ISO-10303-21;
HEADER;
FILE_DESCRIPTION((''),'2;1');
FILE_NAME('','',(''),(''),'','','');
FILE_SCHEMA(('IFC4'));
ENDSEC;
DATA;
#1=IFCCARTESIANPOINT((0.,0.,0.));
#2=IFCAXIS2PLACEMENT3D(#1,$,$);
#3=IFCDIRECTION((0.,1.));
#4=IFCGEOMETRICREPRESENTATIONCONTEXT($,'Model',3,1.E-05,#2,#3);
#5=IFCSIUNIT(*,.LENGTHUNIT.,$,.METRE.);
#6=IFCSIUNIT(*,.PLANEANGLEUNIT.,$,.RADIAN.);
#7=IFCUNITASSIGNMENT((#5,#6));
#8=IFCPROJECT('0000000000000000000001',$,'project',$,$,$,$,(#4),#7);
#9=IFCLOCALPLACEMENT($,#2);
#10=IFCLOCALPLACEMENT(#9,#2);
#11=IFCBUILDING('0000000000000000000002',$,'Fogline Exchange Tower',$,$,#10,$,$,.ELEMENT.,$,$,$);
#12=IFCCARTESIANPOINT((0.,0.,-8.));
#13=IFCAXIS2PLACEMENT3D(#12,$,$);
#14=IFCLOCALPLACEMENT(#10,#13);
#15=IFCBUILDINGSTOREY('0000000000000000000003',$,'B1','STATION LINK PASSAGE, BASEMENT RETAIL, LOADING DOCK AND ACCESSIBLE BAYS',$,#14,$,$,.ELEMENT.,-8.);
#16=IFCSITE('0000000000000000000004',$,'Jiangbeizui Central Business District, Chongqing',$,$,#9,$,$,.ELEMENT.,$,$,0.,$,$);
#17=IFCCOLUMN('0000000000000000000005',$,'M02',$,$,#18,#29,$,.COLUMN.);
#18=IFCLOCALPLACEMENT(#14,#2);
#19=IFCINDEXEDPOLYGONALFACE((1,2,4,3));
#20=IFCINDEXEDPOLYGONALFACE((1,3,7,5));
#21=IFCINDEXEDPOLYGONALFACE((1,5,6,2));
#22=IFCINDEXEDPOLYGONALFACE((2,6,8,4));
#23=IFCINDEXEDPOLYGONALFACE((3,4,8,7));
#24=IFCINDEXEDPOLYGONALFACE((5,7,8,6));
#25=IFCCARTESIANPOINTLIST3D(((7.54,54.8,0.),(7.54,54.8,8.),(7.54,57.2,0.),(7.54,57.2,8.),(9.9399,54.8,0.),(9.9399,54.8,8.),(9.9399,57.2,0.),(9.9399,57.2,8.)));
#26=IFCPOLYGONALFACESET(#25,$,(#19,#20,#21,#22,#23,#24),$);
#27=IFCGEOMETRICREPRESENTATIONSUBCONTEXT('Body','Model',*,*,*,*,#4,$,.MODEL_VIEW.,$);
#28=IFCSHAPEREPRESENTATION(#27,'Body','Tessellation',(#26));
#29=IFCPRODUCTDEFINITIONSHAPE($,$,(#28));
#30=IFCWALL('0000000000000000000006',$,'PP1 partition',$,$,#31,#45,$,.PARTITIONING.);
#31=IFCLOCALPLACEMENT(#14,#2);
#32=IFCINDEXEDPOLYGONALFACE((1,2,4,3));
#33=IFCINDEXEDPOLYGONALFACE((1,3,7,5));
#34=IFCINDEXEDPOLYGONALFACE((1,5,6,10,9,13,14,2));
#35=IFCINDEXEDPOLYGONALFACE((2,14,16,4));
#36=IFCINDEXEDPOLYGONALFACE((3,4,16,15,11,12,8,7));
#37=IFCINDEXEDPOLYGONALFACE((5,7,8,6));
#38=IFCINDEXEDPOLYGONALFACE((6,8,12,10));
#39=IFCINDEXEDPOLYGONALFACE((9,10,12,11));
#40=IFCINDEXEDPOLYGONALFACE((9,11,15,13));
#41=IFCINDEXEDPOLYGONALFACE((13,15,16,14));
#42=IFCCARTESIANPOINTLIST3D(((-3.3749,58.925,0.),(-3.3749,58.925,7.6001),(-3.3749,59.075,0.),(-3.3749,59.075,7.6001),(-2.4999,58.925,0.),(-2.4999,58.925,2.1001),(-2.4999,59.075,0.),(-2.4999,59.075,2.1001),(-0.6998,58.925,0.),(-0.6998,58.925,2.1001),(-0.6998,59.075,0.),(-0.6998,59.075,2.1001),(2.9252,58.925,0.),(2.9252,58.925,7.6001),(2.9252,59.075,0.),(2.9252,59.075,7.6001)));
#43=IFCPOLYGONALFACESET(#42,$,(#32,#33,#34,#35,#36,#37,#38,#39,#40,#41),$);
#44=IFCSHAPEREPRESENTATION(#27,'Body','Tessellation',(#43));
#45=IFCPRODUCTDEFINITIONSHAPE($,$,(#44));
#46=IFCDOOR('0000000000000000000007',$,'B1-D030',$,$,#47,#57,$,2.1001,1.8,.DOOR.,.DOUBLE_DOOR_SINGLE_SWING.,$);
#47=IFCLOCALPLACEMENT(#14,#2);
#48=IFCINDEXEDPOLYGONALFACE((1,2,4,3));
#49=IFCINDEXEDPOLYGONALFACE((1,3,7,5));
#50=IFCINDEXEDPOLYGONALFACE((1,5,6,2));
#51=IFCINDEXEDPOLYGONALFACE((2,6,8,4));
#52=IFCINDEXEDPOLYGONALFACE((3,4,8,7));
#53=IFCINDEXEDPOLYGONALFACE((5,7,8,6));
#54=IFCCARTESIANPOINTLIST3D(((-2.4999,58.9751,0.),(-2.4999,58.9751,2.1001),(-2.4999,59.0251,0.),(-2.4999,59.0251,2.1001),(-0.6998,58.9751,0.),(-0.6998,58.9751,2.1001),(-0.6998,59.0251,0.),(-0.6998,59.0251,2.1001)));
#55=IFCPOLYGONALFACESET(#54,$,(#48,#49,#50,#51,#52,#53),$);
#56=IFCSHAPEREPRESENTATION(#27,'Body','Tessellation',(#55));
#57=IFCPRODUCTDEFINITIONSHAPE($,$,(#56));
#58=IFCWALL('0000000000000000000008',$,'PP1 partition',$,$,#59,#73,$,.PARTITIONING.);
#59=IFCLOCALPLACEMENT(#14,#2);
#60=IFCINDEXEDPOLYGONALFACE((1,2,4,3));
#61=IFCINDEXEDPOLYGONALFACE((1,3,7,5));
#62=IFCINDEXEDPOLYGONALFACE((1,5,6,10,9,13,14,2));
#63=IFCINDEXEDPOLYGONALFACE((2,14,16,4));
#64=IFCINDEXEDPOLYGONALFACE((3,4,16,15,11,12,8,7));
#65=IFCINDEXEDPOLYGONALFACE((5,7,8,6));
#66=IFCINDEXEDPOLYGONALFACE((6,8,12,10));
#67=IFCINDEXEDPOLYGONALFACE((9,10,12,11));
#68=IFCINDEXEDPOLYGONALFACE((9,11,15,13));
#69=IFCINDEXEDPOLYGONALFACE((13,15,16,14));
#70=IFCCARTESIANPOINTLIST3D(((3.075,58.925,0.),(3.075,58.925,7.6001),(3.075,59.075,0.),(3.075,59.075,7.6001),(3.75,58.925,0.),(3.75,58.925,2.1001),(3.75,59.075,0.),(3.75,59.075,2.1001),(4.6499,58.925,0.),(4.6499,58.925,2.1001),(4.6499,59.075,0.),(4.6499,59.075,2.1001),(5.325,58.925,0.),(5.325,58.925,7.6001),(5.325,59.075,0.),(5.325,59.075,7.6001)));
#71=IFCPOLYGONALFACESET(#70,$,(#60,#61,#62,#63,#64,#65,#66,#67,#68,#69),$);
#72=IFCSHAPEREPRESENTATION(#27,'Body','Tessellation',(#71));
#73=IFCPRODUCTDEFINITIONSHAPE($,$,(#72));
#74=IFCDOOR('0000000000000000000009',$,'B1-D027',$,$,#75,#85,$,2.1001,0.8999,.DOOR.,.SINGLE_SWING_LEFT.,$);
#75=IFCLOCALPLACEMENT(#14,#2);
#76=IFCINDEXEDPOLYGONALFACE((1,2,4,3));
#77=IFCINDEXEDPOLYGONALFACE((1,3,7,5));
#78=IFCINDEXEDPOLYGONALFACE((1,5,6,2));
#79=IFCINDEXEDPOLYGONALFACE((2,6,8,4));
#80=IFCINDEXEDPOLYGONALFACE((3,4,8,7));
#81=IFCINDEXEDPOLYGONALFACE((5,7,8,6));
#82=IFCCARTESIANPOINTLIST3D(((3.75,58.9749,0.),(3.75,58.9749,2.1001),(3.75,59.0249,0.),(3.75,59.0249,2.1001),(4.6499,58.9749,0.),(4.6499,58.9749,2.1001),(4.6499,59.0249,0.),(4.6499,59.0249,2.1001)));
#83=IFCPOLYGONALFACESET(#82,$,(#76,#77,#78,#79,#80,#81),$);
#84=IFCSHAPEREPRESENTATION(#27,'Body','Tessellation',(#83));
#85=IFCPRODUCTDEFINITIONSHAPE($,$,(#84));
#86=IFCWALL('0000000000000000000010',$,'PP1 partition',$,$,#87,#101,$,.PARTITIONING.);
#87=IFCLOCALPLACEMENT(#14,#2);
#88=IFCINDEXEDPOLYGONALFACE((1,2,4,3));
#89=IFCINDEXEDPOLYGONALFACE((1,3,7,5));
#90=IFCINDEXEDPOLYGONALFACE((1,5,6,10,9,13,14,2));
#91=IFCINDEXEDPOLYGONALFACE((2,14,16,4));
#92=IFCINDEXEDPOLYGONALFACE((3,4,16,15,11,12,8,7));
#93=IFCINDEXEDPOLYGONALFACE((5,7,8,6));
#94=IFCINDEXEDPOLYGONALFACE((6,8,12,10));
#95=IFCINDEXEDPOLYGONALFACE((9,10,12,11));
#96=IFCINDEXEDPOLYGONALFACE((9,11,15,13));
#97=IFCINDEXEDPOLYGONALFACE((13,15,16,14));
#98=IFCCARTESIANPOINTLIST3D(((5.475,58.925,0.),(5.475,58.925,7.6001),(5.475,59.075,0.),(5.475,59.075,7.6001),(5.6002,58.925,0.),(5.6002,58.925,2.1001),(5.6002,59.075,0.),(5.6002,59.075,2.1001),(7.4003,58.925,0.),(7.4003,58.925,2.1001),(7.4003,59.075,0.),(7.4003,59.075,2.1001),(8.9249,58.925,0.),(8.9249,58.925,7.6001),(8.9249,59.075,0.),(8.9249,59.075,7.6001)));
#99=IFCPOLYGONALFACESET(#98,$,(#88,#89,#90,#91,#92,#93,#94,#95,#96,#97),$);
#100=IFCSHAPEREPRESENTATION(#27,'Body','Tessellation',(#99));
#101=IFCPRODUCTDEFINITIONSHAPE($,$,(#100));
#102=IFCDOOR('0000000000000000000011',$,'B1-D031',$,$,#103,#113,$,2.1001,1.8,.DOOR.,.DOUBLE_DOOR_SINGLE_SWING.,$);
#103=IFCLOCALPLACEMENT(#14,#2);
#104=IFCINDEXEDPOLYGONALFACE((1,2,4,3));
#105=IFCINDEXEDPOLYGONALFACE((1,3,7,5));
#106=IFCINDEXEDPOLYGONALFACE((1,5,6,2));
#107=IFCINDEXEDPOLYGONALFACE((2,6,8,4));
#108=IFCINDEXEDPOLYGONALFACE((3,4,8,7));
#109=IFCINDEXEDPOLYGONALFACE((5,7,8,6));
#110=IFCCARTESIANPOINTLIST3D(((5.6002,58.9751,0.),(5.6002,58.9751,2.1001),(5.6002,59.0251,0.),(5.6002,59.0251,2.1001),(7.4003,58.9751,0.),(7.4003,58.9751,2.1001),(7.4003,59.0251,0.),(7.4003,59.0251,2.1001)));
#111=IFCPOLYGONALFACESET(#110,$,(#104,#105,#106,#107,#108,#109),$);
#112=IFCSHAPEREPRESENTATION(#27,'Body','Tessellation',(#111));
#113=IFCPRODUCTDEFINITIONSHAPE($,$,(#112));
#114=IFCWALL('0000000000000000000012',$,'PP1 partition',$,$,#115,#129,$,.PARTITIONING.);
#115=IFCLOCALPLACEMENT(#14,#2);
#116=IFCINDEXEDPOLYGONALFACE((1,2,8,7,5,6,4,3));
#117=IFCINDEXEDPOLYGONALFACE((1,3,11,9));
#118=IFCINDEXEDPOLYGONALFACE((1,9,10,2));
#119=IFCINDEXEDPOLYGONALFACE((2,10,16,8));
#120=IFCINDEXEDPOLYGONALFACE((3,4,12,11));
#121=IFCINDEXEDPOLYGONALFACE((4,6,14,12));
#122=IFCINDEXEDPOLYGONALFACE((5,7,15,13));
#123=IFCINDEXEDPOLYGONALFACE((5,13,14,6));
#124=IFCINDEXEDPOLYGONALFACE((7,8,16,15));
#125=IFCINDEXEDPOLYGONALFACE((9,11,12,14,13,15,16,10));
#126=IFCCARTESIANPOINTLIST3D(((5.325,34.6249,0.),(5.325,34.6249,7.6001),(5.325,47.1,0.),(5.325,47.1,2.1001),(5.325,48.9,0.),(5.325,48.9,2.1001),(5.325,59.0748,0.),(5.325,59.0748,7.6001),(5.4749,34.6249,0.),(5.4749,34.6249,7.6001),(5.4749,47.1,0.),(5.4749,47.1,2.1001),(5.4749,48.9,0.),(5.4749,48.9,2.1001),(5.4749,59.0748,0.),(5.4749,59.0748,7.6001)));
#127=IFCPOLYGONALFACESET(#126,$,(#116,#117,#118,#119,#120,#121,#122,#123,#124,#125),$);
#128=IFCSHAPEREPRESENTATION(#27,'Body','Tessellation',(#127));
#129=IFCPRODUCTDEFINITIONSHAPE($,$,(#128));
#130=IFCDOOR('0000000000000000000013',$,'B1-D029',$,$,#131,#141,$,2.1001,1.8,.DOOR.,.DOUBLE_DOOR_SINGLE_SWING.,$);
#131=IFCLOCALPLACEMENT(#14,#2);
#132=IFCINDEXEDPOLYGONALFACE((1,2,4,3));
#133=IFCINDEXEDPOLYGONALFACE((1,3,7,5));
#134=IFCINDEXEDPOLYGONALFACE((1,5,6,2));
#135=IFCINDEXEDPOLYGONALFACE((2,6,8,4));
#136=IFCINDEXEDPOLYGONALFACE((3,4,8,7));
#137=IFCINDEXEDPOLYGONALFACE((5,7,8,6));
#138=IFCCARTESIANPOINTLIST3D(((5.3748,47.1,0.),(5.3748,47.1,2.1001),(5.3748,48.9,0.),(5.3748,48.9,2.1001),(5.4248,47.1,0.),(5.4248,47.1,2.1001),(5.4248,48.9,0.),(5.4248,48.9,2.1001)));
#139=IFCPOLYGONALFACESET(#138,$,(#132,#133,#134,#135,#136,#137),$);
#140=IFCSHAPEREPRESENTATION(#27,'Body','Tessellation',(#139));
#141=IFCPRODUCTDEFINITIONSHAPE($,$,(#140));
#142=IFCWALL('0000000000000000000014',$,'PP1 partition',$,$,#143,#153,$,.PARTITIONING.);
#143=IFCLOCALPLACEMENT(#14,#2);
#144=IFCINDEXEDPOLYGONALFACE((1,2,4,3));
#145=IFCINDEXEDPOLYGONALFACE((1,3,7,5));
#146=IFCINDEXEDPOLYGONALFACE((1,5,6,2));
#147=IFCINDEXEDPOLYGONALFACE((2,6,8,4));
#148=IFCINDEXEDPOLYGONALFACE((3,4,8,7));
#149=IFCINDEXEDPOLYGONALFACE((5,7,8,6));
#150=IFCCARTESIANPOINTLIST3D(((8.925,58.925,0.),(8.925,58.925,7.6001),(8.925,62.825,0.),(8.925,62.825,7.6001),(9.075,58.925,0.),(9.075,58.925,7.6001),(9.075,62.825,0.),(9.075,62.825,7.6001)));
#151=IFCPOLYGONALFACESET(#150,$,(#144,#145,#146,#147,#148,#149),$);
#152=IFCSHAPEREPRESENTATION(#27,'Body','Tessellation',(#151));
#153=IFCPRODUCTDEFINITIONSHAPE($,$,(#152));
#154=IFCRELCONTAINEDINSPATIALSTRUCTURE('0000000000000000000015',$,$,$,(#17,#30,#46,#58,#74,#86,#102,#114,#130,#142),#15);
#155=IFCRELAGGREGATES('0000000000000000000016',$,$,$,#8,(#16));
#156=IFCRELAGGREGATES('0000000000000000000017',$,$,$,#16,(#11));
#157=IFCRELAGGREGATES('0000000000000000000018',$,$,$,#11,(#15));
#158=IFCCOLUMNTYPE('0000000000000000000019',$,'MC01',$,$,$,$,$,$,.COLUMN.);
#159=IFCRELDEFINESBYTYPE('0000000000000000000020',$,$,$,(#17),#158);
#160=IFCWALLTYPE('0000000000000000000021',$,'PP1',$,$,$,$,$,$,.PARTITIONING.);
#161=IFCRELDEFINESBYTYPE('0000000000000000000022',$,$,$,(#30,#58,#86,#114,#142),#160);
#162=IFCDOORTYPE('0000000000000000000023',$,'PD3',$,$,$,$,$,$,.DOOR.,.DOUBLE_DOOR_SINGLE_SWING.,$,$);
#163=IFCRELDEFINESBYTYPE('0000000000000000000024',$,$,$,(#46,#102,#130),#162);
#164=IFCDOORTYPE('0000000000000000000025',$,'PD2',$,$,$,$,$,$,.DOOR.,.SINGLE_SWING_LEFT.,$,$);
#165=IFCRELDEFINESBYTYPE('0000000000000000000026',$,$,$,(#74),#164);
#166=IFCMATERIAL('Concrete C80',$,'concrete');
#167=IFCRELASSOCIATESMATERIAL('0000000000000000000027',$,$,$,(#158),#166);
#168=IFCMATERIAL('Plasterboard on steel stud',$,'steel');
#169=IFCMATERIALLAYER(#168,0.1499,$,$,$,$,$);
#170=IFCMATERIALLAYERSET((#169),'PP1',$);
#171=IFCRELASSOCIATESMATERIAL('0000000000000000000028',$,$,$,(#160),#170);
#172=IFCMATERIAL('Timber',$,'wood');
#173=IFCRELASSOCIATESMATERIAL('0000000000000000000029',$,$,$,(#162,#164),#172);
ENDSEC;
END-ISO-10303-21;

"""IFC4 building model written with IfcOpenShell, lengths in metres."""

from ifc_helpers import new_model, si_unit, direction, frame, frame_2d, origin, origin_2d, place, context, subcontext, project, spatial, rectangle, extrude, material, layer, layer_set, material_profile, profile_set, type_object, element, fill, save


model = new_model("IFC4")

# Units and contexts
model_context = context("Model", 3, precision=1e-05, world=origin(), true_north=direction((0.0, 1.0)))
body_context = subcontext(model_context, "Body", "Model", "MODEL_VIEW")
ifc_project = project(units=[si_unit("LENGTHUNIT", "METRE"), si_unit("PLANEANGLEUNIT", "RADIAN")], contexts=[model_context])

# Site, building, storey
site_placement = place(None, origin())
site = spatial("IfcSite", under=ifc_project, at=site_placement, Name="Jiangbeizui Central Business District, Chongqing", CompositionType="ELEMENT", RefElevation=0.0)
building_placement = place(site_placement, origin())
building = spatial("IfcBuilding", under=site, at=building_placement, Name="Fogline Exchange Tower", CompositionType="ELEMENT")
storey_placement = place(building_placement, frame((0.0, 0.0, -8.0)))
storey = spatial("IfcBuildingStorey", under=building, at=storey_placement, Name="B1", Description="STATION LINK PASSAGE, BASEMENT RETAIL, LOADING DOCK AND ACCESSIBLE BAYS", CompositionType="ELEMENT", Elevation=-8.0)

# Column
ifc_material_1 = material(Name="Concrete C80", Category="concrete")
ifc_material_profile = material_profile(ifc_material_1, rectangle(XDim=2.3999, YDim=2.3999, at=origin_2d()), Name="RC 2400x2400")
ifc_profile_set = profile_set([ifc_material_profile], Name="Concrete C80")
column_type = type_object("IfcColumnType", Name="MC01", PredefinedType="COLUMN", material=ifc_profile_set)
column_placement = place(storey_placement, frame((8.74, 56.0, 0.0), z_axis=(0.0, 0.0, 1.0), x_axis=(1.0, 0.0, 0.0)))
element("IfcColumn", 1, at=column_placement, inside=storey, type_object=column_type, Name="M02", PredefinedType="COLUMN", context=body_context, shape_type="SweptSolid", body=[
    extrude(rectangle(XDim=2.3999, YDim=2.3999, at=origin_2d()), origin(), (0.0, 0.0, 1.0), 8.0),
])

# Walls, openings, doors
ifc_material_2 = material(Name="Plasterboard on steel stud", Category="steel")
ifc_layer_1 = layer(ifc_material_2, 0.1499)
ifc_layer_set_1 = layer_set([ifc_layer_1], Name="PP1")
wall_type_1 = type_object("IfcWallType", Name="PP1", PredefinedType="PARTITIONING", material=ifc_layer_set_1)
wall_1_placement = place(storey_placement, frame((2.925, 59.0, 0.0), z_axis=(0.0, 0.0, 1.0), x_axis=(-1.0, 0.0, 0.0)))
wall_1 = element("IfcWall", 2, at=wall_1_placement, inside=storey, type_object=wall_type_1, Name="PP1 partition", PredefinedType="PARTITIONING", context=body_context, shape_type="SweptSolid", body=[
    extrude(rectangle(XDim=6.3, YDim=0.1499, at=frame_2d((3.1499, 0.0))), origin(), (0.0, 0.0, 1.0), 7.6001),
])
opening_1_placement = place(wall_1_placement, frame((3.625, 0.0, 0.0)))
opening_1 = element("IfcOpeningElement", 3, at=opening_1_placement, cuts=wall_1, PredefinedType="OPENING", context=body_context, shape_type="SweptSolid", body=[
    extrude(rectangle(XDim=1.8, YDim=2.1001, at=frame_2d((0.8999, 1.05))), frame((0.0, 0.085, 0.0), z_axis=(0.0, -1.0, 0.0), x_axis=(1.0, 0.0, 0.0)), (0.0, 0.0, 1.0), 0.1699),
])
ifc_material_3 = material(Name="Timber", Category="wood")
door_type_1 = type_object("IfcDoorType", Name="PD3", OperationType="DOUBLE_DOOR_SINGLE_SWING", PredefinedType="DOOR", material=ifc_material_3)
door_1_placement = place(opening_1_placement, origin())
door_1 = element("IfcDoor", 4, at=door_1_placement, inside=storey, type_object=door_type_1, Name="B1-D030", OperationType="DOUBLE_DOOR_SINGLE_SWING", OverallHeight=2.1001, OverallWidth=1.8, PredefinedType="DOOR", context=body_context, shape_type="SweptSolid", body=[
    extrude(rectangle(XDim=1.8, YDim=2.1001, at=frame_2d((0.8999, 1.05))), frame((0.0, 0.0249, 0.0), z_axis=(0.0, -1.0, 0.0), x_axis=(1.0, 0.0, 0.0)), (0.0, 0.0, 1.0), 0.05),
])
fill(opening_1, door_1)
wall_2_placement = place(storey_placement, frame((5.325, 59.0, 0.0), z_axis=(0.0, 0.0, 1.0), x_axis=(-1.0, 0.0, 0.0)))
wall_2 = element("IfcWall", 5, at=wall_2_placement, inside=storey, type_object=wall_type_1, Name="PP1 partition", PredefinedType="PARTITIONING", context=body_context, shape_type="SweptSolid", body=[
    extrude(rectangle(XDim=2.25, YDim=0.1499, at=frame_2d((1.125, 0.0))), origin(), (0.0, 0.0, 1.0), 7.6001),
])
opening_2_placement = place(wall_2_placement, frame((0.675, 0.0, 0.0)))
opening_2 = element("IfcOpeningElement", 6, at=opening_2_placement, cuts=wall_2, PredefinedType="OPENING", context=body_context, shape_type="SweptSolid", body=[
    extrude(rectangle(XDim=0.8999, YDim=2.1001, at=frame_2d((0.45, 1.05))), frame((0.0, 0.085, 0.0), z_axis=(0.0, -1.0, 0.0), x_axis=(1.0, 0.0, 0.0)), (0.0, 0.0, 1.0), 0.1699),
])
door_type_2 = type_object("IfcDoorType", Name="PD2", OperationType="SINGLE_SWING_LEFT", PredefinedType="DOOR", material=ifc_material_3)
door_2_placement = place(opening_2_placement, frame((0.8999, 0.0, 0.0), z_axis=(0.0, 0.0, 1.0), x_axis=(-1.0, 0.0, 0.0)))
door_2 = element("IfcDoor", 7, at=door_2_placement, inside=storey, type_object=door_type_2, Name="B1-D027", OperationType="SINGLE_SWING_LEFT", OverallHeight=2.1001, OverallWidth=0.8999, PredefinedType="DOOR", context=body_context, shape_type="SweptSolid", body=[
    extrude(rectangle(XDim=0.8999, YDim=2.1001, at=frame_2d((0.45, 1.05))), frame((0.0, 0.0249, 0.0), z_axis=(0.0, -1.0, 0.0), x_axis=(1.0, 0.0, 0.0)), (0.0, 0.0, 1.0), 0.05),
])
fill(opening_2, door_2)
wall_3_placement = place(storey_placement, frame((8.925, 59.0, 0.0), z_axis=(0.0, 0.0, 1.0), x_axis=(-1.0, 0.0, 0.0)))
wall_3 = element("IfcWall", 8, at=wall_3_placement, inside=storey, type_object=wall_type_1, Name="PP1 partition", PredefinedType="PARTITIONING", context=body_context, shape_type="SweptSolid", body=[
    extrude(rectangle(XDim=3.45, YDim=0.1499, at=frame_2d((1.7251, 0.0))), origin(), (0.0, 0.0, 1.0), 7.6001),
])
opening_3_placement = place(wall_3_placement, frame((1.5249, 0.0, 0.0)))
opening_3 = element("IfcOpeningElement", 9, at=opening_3_placement, cuts=wall_3, PredefinedType="OPENING", context=body_context, shape_type="SweptSolid", body=[
    extrude(rectangle(XDim=1.8, YDim=2.1001, at=frame_2d((0.8999, 1.05))), frame((0.0, 0.085, 0.0), z_axis=(0.0, -1.0, 0.0), x_axis=(1.0, 0.0, 0.0)), (0.0, 0.0, 1.0), 0.1699),
])
door_3_placement = place(opening_3_placement, origin())
door_3 = element("IfcDoor", 10, at=door_3_placement, inside=storey, type_object=door_type_1, Name="B1-D031", OperationType="DOUBLE_DOOR_SINGLE_SWING", OverallHeight=2.1001, OverallWidth=1.8, PredefinedType="DOOR", context=body_context, shape_type="SweptSolid", body=[
    extrude(rectangle(XDim=1.8, YDim=2.1001, at=frame_2d((0.8999, 1.05))), frame((0.0, 0.0249, 0.0), z_axis=(0.0, -1.0, 0.0), x_axis=(1.0, 0.0, 0.0)), (0.0, 0.0, 1.0), 0.05),
])
fill(opening_3, door_3)
wall_4_placement = place(storey_placement, frame((5.3999, 59.075, 0.0), z_axis=(0.0, 0.0, 1.0), x_axis=(0.0, -1.0, 0.0)))
wall_4 = element("IfcWall", 11, at=wall_4_placement, inside=storey, type_object=wall_type_1, Name="PP1 partition", PredefinedType="PARTITIONING", context=body_context, shape_type="SweptSolid", body=[
    extrude(rectangle(XDim=24.45, YDim=0.1499, at=frame_2d((12.2251, 0.0))), origin(), (0.0, 0.0, 1.0), 7.6001),
])
opening_4_placement = place(wall_4_placement, frame((10.175, 0.0, 0.0)))
opening_4 = element("IfcOpeningElement", 12, at=opening_4_placement, cuts=wall_4, PredefinedType="OPENING", context=body_context, shape_type="SweptSolid", body=[
    extrude(rectangle(XDim=1.8, YDim=2.1001, at=frame_2d((0.8999, 1.05))), frame((0.0, 0.085, 0.0), z_axis=(0.0, -1.0, 0.0), x_axis=(1.0, 0.0, 0.0)), (0.0, 0.0, 1.0), 0.1699),
])
door_4_placement = place(opening_4_placement, origin())
door_4 = element("IfcDoor", 13, at=door_4_placement, inside=storey, type_object=door_type_1, Name="B1-D029", OperationType="DOUBLE_DOOR_SINGLE_SWING", OverallHeight=2.1001, OverallWidth=1.8, PredefinedType="DOOR", context=body_context, shape_type="SweptSolid", body=[
    extrude(rectangle(XDim=1.8, YDim=2.1001, at=frame_2d((0.8999, 1.05))), frame((0.0, 0.0249, 0.0), z_axis=(0.0, -1.0, 0.0), x_axis=(1.0, 0.0, 0.0)), (0.0, 0.0, 1.0), 0.05),
])
fill(opening_4, door_4)

# Wall
wall_5_placement = place(storey_placement, frame((9.0, 62.825, 0.0), z_axis=(0.0, 0.0, 1.0), x_axis=(0.0, -1.0, 0.0)))
element("IfcWall", 14, at=wall_5_placement, inside=storey, type_object=wall_type_1, Name="PP1 partition", PredefinedType="PARTITIONING", context=body_context, shape_type="SweptSolid", body=[
    extrude(rectangle(XDim=3.8999, YDim=0.1499, at=frame_2d((1.95, 0.0))), origin(), (0.0, 0.0, 1.0), 7.6001),
])

save(model, "model.ifc")
